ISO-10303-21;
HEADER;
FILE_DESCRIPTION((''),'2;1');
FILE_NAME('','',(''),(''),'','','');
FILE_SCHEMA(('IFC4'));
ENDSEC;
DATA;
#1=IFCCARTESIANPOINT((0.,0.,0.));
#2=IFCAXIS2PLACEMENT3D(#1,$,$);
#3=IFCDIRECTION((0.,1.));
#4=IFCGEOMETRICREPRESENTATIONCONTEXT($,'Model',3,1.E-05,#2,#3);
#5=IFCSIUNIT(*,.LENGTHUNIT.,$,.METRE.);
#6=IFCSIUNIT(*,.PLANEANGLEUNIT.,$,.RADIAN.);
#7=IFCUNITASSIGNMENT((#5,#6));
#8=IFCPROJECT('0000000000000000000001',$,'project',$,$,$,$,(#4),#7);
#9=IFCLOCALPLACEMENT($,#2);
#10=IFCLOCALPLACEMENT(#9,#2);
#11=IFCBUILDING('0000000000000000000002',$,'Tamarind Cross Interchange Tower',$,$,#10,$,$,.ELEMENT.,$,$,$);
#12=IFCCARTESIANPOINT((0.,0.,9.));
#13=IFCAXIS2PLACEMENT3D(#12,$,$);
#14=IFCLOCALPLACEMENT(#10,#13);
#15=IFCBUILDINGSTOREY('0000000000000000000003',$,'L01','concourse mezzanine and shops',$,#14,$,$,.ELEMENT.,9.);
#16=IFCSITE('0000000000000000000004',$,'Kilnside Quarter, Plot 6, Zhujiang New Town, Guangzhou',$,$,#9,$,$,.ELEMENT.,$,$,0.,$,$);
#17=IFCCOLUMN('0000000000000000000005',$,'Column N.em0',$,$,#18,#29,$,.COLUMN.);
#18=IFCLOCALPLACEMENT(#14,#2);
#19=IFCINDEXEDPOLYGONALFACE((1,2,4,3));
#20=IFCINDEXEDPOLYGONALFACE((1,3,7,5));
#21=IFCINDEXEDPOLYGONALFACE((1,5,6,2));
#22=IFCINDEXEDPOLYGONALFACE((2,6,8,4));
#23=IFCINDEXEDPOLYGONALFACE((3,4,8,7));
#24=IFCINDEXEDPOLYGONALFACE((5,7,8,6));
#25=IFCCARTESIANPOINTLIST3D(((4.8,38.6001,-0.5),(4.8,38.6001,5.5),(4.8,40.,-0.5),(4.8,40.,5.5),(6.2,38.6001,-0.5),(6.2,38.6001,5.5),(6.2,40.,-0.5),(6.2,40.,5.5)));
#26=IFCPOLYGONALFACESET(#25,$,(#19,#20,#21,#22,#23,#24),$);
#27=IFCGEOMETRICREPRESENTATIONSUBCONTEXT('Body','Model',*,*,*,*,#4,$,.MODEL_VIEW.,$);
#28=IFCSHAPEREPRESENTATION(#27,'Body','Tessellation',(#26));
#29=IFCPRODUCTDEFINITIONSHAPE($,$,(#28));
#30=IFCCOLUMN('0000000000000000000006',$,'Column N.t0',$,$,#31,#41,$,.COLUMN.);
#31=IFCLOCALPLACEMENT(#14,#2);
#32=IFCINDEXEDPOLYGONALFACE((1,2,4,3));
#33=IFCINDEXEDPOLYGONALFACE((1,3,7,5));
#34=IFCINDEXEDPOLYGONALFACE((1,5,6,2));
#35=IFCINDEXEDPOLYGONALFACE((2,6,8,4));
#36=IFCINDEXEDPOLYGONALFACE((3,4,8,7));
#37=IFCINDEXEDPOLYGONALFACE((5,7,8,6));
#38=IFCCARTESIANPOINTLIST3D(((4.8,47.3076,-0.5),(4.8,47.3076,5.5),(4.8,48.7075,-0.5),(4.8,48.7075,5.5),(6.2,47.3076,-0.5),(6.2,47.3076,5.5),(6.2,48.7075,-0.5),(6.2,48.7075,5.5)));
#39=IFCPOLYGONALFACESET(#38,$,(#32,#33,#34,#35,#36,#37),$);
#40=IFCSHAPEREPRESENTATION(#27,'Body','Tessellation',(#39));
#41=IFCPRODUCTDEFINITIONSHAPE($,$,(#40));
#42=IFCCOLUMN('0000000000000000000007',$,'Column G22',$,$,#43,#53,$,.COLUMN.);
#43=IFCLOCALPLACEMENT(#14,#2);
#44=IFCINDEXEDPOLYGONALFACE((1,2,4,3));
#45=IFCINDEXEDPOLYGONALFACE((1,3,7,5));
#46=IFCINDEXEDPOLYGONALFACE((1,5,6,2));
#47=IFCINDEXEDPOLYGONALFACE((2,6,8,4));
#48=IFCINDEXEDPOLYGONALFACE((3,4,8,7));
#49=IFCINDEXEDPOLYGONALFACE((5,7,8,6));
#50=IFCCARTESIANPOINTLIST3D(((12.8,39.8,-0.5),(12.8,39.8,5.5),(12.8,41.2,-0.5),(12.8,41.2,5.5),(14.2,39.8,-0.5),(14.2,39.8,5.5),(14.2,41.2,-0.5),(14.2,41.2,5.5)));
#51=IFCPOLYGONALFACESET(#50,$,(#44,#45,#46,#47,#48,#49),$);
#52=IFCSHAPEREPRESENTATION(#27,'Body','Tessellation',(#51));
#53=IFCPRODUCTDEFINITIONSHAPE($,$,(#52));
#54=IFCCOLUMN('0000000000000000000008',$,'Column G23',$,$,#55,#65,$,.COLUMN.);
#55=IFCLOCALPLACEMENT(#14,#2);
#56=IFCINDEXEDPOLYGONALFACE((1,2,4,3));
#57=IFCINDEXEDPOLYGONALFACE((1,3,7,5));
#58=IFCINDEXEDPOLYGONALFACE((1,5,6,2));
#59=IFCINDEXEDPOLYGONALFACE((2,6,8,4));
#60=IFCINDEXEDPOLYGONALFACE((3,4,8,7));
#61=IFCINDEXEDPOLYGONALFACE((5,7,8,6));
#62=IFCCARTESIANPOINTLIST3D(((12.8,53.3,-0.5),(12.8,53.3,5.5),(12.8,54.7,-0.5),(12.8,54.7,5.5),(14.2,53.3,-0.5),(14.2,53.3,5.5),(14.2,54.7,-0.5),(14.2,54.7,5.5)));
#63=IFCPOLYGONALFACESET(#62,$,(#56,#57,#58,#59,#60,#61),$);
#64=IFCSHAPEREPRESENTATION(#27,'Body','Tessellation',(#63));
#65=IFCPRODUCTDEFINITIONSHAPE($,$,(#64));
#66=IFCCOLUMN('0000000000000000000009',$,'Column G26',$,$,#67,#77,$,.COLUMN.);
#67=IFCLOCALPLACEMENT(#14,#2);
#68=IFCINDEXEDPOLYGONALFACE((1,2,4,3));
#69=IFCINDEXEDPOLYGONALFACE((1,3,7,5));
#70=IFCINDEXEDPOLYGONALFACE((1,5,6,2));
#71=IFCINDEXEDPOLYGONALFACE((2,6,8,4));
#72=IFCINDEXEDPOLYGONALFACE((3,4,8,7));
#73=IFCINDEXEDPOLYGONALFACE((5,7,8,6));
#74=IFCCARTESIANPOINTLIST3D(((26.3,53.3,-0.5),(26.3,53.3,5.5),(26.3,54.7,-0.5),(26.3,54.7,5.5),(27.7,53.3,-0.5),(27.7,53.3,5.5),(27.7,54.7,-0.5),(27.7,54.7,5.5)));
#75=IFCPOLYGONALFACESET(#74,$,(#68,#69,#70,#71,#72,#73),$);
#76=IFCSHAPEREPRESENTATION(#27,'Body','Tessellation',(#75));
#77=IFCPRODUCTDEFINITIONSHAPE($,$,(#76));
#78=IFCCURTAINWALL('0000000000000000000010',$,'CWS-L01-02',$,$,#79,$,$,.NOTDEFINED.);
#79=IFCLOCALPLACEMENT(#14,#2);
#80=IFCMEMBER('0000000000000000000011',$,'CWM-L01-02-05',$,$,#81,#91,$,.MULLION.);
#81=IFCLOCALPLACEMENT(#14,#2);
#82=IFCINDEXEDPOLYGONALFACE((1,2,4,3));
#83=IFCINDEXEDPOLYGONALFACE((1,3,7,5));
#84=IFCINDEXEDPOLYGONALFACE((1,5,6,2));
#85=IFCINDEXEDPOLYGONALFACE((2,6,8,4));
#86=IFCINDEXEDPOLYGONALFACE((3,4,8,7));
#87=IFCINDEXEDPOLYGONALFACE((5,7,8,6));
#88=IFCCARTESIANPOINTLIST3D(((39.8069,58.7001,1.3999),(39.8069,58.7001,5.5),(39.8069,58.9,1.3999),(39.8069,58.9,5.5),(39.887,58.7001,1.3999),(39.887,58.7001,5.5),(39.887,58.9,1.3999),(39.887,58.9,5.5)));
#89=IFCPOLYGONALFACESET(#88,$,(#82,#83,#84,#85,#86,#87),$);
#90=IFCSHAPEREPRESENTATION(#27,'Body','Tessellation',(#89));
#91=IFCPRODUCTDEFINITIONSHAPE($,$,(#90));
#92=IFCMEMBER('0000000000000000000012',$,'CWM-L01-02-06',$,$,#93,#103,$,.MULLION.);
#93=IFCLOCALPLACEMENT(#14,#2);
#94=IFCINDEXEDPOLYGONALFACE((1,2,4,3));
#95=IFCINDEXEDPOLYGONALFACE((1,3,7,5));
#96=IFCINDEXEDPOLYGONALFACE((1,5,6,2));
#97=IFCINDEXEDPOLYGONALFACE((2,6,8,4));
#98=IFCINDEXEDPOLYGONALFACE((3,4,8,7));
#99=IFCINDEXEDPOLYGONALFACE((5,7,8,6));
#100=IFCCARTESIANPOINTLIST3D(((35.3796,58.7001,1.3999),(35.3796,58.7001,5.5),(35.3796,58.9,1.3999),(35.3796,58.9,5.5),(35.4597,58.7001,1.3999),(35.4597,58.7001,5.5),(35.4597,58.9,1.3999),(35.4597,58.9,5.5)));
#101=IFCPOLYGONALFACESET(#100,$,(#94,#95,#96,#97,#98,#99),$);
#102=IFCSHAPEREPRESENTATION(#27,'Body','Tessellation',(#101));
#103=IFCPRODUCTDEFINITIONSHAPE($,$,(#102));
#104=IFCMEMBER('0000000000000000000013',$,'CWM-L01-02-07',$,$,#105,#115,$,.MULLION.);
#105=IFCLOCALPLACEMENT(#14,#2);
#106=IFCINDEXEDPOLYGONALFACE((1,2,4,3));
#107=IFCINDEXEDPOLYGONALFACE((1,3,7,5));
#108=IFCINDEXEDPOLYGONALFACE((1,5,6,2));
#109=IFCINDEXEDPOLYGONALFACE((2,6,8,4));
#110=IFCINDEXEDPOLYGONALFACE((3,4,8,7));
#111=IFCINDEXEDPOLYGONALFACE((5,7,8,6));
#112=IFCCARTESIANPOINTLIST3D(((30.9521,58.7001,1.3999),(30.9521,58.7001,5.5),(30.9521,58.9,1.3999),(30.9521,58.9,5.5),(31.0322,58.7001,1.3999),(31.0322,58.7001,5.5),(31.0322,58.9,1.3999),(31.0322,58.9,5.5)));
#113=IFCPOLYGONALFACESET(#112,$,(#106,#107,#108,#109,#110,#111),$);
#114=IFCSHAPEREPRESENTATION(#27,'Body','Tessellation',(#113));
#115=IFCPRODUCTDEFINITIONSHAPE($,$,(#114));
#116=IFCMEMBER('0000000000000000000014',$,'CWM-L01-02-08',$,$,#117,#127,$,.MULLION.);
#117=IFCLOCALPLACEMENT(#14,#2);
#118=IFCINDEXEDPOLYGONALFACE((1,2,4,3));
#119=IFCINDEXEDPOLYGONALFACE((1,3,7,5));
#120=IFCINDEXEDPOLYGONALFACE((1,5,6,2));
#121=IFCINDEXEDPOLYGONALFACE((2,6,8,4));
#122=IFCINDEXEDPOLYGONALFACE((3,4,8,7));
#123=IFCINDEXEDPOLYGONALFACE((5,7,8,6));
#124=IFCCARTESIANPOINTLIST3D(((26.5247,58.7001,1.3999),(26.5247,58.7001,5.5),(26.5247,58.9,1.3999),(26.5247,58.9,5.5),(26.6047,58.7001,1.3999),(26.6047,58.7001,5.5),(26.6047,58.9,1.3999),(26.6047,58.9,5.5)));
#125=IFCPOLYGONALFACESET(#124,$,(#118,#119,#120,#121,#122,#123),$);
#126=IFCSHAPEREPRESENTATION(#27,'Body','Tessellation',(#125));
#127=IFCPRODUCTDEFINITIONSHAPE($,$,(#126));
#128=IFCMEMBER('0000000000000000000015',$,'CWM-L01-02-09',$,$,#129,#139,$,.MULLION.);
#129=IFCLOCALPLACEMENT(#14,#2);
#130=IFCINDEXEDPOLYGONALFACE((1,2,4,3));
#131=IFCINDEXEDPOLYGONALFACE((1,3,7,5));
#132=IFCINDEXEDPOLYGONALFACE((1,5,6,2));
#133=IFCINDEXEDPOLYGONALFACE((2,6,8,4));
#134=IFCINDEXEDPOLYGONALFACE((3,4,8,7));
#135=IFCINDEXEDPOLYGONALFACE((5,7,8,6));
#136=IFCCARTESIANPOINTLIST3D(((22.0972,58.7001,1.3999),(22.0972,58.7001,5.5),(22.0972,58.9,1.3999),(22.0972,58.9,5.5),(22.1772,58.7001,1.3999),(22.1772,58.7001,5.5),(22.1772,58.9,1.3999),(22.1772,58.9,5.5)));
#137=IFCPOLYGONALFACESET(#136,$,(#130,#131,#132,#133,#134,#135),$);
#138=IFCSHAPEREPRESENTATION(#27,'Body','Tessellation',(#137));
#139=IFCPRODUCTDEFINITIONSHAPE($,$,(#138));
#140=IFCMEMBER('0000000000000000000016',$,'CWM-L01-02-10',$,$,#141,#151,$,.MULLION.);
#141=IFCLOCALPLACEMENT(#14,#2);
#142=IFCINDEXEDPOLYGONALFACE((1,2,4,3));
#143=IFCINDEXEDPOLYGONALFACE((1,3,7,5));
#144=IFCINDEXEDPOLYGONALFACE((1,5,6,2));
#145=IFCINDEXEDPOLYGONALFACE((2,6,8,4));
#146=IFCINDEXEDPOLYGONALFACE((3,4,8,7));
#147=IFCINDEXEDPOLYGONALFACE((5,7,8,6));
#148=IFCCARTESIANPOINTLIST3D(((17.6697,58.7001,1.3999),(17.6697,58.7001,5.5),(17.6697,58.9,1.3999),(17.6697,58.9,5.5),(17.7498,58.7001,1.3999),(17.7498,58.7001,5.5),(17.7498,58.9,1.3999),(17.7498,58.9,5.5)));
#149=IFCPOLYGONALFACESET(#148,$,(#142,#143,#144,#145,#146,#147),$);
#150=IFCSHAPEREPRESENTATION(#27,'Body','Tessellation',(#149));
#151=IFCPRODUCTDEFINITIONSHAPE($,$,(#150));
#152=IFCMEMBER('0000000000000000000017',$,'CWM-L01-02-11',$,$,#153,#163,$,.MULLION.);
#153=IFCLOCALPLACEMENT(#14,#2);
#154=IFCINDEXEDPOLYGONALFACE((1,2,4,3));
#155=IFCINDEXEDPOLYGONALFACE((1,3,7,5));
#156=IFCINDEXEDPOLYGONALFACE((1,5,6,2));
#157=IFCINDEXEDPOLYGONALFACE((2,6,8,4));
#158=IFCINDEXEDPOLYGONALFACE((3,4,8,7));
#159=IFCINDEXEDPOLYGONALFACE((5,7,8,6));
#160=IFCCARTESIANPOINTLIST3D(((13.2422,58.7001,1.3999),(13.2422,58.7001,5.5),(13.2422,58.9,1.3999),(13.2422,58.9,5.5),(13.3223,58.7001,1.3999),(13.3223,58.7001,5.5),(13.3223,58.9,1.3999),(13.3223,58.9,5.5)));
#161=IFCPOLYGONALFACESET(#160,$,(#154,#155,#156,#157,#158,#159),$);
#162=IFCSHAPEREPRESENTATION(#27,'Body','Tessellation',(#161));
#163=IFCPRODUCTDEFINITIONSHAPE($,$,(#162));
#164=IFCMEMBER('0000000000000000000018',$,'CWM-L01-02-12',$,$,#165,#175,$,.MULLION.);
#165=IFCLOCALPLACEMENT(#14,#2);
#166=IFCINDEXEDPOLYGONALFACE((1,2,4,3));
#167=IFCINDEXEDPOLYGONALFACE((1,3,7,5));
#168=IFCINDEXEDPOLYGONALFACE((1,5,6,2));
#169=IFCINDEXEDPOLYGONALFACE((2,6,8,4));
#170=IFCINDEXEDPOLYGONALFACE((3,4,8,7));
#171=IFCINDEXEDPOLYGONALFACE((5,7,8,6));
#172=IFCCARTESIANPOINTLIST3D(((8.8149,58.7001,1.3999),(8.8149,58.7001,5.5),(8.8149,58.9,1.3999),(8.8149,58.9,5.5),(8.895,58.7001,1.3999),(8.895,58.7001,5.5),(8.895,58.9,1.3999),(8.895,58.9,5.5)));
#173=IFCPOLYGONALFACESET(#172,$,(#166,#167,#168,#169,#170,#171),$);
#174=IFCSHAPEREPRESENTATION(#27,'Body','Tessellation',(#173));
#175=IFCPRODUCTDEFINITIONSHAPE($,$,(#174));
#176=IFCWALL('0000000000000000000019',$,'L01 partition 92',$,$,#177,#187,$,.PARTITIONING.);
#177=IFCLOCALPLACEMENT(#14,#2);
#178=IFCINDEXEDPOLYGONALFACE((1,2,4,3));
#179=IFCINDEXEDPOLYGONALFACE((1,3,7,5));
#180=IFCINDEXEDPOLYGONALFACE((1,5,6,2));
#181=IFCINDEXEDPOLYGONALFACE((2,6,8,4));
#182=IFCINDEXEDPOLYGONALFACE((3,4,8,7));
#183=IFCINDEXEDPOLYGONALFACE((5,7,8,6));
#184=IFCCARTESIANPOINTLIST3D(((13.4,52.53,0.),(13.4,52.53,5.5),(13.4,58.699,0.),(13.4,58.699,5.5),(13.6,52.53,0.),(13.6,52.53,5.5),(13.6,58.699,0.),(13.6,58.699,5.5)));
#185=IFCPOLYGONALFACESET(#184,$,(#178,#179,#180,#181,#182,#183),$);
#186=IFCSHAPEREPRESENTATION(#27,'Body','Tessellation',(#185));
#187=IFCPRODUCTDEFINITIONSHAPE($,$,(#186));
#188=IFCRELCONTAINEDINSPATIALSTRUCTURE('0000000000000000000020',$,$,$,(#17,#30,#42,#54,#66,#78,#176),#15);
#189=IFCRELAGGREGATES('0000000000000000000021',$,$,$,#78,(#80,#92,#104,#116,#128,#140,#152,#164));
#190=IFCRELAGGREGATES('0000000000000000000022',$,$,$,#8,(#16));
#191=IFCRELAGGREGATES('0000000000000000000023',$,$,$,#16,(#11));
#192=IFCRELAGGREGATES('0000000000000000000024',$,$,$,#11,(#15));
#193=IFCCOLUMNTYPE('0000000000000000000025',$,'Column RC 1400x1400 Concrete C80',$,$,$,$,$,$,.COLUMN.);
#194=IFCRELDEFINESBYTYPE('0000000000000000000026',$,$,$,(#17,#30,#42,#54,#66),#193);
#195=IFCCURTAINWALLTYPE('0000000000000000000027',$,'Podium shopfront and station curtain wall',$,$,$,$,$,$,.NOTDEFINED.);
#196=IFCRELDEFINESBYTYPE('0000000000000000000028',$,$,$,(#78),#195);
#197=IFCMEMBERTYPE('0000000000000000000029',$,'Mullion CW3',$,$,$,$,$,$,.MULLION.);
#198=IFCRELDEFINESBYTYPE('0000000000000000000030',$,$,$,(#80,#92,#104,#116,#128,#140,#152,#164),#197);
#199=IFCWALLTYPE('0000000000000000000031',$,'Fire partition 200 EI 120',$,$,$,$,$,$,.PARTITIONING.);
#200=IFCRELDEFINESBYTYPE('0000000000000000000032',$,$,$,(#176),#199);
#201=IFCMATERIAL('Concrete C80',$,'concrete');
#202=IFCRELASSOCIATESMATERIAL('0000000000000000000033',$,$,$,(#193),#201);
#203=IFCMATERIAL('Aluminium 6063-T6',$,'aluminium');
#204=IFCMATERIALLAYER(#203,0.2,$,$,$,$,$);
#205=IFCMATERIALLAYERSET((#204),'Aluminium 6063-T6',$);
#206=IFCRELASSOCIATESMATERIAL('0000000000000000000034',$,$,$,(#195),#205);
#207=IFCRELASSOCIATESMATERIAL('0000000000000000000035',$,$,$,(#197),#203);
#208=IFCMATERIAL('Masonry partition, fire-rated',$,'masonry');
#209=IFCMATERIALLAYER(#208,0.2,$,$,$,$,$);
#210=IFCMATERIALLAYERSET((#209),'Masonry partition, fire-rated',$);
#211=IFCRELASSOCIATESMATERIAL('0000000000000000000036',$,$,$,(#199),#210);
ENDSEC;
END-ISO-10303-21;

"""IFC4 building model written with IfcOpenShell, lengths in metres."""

from ifc_helpers import new_model, si_unit, direction, frame, frame_2d, origin, origin_2d, place, context, subcontext, project, spatial, rectangle, extrude, material, layer, layer_set, material_profile, profile_set, type_object, element, aggregate, save


model = new_model("IFC4")

# Units and contexts
model_context = context("Model", 3, precision=1e-05, world=origin(), true_north=direction((0.0, 1.0)))
body_context = subcontext(model_context, "Body", "Model", "MODEL_VIEW")
ifc_project = project(units=[si_unit("LENGTHUNIT", "METRE"), si_unit("PLANEANGLEUNIT", "RADIAN")], contexts=[model_context])

# Site, building, storey
site_placement = place(None, origin())
site = spatial("IfcSite", under=ifc_project, at=site_placement, Name="Kilnside Quarter, Plot 6, Zhujiang New Town, Guangzhou", CompositionType="ELEMENT", RefElevation=0.0)
building_placement = place(site_placement, origin())
building = spatial("IfcBuilding", under=site, at=building_placement, Name="Tamarind Cross Interchange Tower", CompositionType="ELEMENT")
storey_placement = place(building_placement, frame((0.0, 0.0, 9.0)))
storey = spatial("IfcBuildingStorey", under=building, at=storey_placement, Name="L01", Description="concourse mezzanine and shops", CompositionType="ELEMENT", Elevation=9.0)

# Columns
ifc_material_1 = material(Name="Concrete C80", Category="concrete")
ifc_material_profile_1 = material_profile(ifc_material_1, rectangle(XDim=1.3999, YDim=1.3999, at=origin_2d()), Name="RC 1400x1400")
ifc_profile_set_1 = profile_set([ifc_material_profile_1], Name="Concrete C80")
column_type = type_object("IfcColumnType", Name="Column RC 1400x1400 Concrete C80", PredefinedType="COLUMN", material=ifc_profile_set_1)
for number, where, z_axis, x_axis, name in (
    (1, (5.5, 39.3, -0.5), (0.0, 0.0, 1.0), (1.0, 0.0, 0.0), "Column N.em0"),
    (2, (5.5, 48.0076, -0.5), (0.0, 0.0, 1.0), (1.0, 0.0, 0.0), "Column N.t0"),
    (3, (13.5, 40.5, -0.5), (0.0, 0.0, 1.0), (1.0, 0.0, 0.0), "Column G22"),
    (4, (13.5, 54.0, -0.5), (0.0, 0.0, 1.0), (1.0, 0.0, 0.0), "Column G23"),
    (5, (27.0, 54.0, -0.5), (0.0, 0.0, 1.0), (1.0, 0.0, 0.0), "Column G26"),
):
    element("IfcColumn", number, at=place(storey_placement, frame(where, z_axis=z_axis, x_axis=x_axis)), inside=storey, type_object=column_type, Name=name, PredefinedType="COLUMN", context=body_context, shape_type="SweptSolid", body=[
        extrude(rectangle(XDim=1.3999, YDim=1.3999, at=origin_2d()), origin(), (0.0, 0.0, 1.0), 6.0),
    ])

# Curtain wall, members
ifc_material_2 = material(Name="Aluminium 6063-T6", Category="aluminium")
ifc_layer_1 = layer(ifc_material_2, 0.2)
ifc_layer_set_1 = layer_set([ifc_layer_1], Name="Aluminium 6063-T6")
curtain_wall_type = type_object("IfcCurtainWallType", Name="Podium shopfront and station curtain wall", PredefinedType="NOTDEFINED", material=ifc_layer_set_1)
curtain_wall_placement = place(storey_placement, origin())
curtain_wall = element("IfcCurtainWall", 6, at=curtain_wall_placement, inside=storey, type_object=curtain_wall_type, Name="CWS-L01-02", PredefinedType="NOTDEFINED")
ifc_material_profile_2 = material_profile(ifc_material_2, rectangle(XDim=0.0801, YDim=0.2, at=origin_2d()), Name="Mullion CW3")
ifc_profile_set_2 = profile_set([ifc_material_profile_2], Name="Aluminium 6063-T6")
member_type = type_object("IfcMemberType", Name="Mullion CW3", PredefinedType="MULLION", material=ifc_profile_set_2)
member_1_placement = place(storey_placement, frame((39.8469, 58.8, 1.3999), z_axis=(0.0, 0.0, 1.0), x_axis=(-1.0, 0.0, 0.0)))
member_1 = element("IfcMember", 7, at=member_1_placement, type_object=member_type, Name="CWM-L01-02-05", PredefinedType="MULLION", context=body_context, shape_type="SweptSolid", body=[
    extrude(rectangle(XDim=0.0801, YDim=0.2, at=origin_2d()), origin(), (0.0, 0.0, 1.0), 4.1001),
])
member_2_placement = place(storey_placement, frame((35.4197, 58.8, 1.3999), z_axis=(0.0, 0.0, 1.0), x_axis=(-1.0, 0.0, 0.0)))
member_2 = element("IfcMember", 8, at=member_2_placement, type_object=member_type, Name="CWM-L01-02-06", PredefinedType="MULLION", context=body_context, shape_type="SweptSolid", body=[
    extrude(rectangle(XDim=0.0801, YDim=0.2, at=origin_2d()), origin(), (0.0, 0.0, 1.0), 4.1001),
])
member_3_placement = place(storey_placement, frame((30.9922, 58.8, 1.3999), z_axis=(0.0, 0.0, 1.0), x_axis=(-1.0, 0.0, 0.0)))
member_3 = element("IfcMember", 9, at=member_3_placement, type_object=member_type, Name="CWM-L01-02-07", PredefinedType="MULLION", context=body_context, shape_type="SweptSolid", body=[
    extrude(rectangle(XDim=0.0801, YDim=0.2, at=origin_2d()), origin(), (0.0, 0.0, 1.0), 4.1001),
])
member_4_placement = place(storey_placement, frame((26.5647, 58.8, 1.3999), z_axis=(0.0, 0.0, 1.0), x_axis=(-1.0, 0.0, 0.0)))
member_4 = element("IfcMember", 10, at=member_4_placement, type_object=member_type, Name="CWM-L01-02-08", PredefinedType="MULLION", context=body_context, shape_type="SweptSolid", body=[
    extrude(rectangle(XDim=0.0801, YDim=0.2, at=origin_2d()), origin(), (0.0, 0.0, 1.0), 4.1001),
])
member_5_placement = place(storey_placement, frame((22.1372, 58.8, 1.3999), z_axis=(0.0, 0.0, 1.0), x_axis=(-1.0, 0.0, 0.0)))
member_5 = element("IfcMember", 11, at=member_5_placement, type_object=member_type, Name="CWM-L01-02-09", PredefinedType="MULLION", context=body_context, shape_type="SweptSolid", body=[
    extrude(rectangle(XDim=0.0801, YDim=0.2, at=origin_2d()), origin(), (0.0, 0.0, 1.0), 4.1001),
])
member_6_placement = place(storey_placement, frame((17.7097, 58.8, 1.3999), z_axis=(0.0, 0.0, 1.0), x_axis=(-1.0, 0.0, 0.0)))
member_6 = element("IfcMember", 12, at=member_6_placement, type_object=member_type, Name="CWM-L01-02-10", PredefinedType="MULLION", context=body_context, shape_type="SweptSolid", body=[
    extrude(rectangle(XDim=0.0801, YDim=0.2, at=origin_2d()), origin(), (0.0, 0.0, 1.0), 4.1001),
])
member_7_placement = place(storey_placement, frame((13.2822, 58.8, 1.3999), z_axis=(0.0, 0.0, 1.0), x_axis=(-1.0, 0.0, 0.0)))
member_7 = element("IfcMember", 13, at=member_7_placement, type_object=member_type, Name="CWM-L01-02-11", PredefinedType="MULLION", context=body_context, shape_type="SweptSolid", body=[
    extrude(rectangle(XDim=0.0801, YDim=0.2, at=origin_2d()), origin(), (0.0, 0.0, 1.0), 4.1001),
])
member_8_placement = place(storey_placement, frame((8.855, 58.8, 1.3999), z_axis=(0.0, 0.0, 1.0), x_axis=(-1.0, 0.0, 0.0)))
member_8 = element("IfcMember", 14, at=member_8_placement, type_object=member_type, Name="CWM-L01-02-12", PredefinedType="MULLION", context=body_context, shape_type="SweptSolid", body=[
    extrude(rectangle(XDim=0.0801, YDim=0.2, at=origin_2d()), origin(), (0.0, 0.0, 1.0), 4.1001),
])
aggregate(curtain_wall, [member_1, member_2, member_3, member_4, member_5, member_6, member_7, member_8])

# Wall
ifc_material_3 = material(Name="Masonry partition, fire-rated", Category="masonry")
ifc_layer_2 = layer(ifc_material_3, 0.2)
ifc_layer_set_2 = layer_set([ifc_layer_2], Name="Masonry partition, fire-rated")
wall_type_1 = type_object("IfcWallType", Name="Fire partition 200 EI 120", PredefinedType="PARTITIONING", material=ifc_layer_set_2)
wall_1_placement = place(storey_placement, frame((13.5, 52.53, 0.0), z_axis=(0.0, 0.0, 1.0), x_axis=(0.0, 1.0, 0.0)))
element("IfcWall", 15, at=wall_1_placement, inside=storey, type_object=wall_type_1, Name="L01 partition 92", PredefinedType="PARTITIONING", context=body_context, shape_type="SweptSolid", body=[
    extrude(rectangle(XDim=6.1689, YDim=0.2, at=frame_2d((3.0845, 0.0))), origin(), (0.0, 0.0, 1.0), 5.5),
])

save(model, "model.ifc")
